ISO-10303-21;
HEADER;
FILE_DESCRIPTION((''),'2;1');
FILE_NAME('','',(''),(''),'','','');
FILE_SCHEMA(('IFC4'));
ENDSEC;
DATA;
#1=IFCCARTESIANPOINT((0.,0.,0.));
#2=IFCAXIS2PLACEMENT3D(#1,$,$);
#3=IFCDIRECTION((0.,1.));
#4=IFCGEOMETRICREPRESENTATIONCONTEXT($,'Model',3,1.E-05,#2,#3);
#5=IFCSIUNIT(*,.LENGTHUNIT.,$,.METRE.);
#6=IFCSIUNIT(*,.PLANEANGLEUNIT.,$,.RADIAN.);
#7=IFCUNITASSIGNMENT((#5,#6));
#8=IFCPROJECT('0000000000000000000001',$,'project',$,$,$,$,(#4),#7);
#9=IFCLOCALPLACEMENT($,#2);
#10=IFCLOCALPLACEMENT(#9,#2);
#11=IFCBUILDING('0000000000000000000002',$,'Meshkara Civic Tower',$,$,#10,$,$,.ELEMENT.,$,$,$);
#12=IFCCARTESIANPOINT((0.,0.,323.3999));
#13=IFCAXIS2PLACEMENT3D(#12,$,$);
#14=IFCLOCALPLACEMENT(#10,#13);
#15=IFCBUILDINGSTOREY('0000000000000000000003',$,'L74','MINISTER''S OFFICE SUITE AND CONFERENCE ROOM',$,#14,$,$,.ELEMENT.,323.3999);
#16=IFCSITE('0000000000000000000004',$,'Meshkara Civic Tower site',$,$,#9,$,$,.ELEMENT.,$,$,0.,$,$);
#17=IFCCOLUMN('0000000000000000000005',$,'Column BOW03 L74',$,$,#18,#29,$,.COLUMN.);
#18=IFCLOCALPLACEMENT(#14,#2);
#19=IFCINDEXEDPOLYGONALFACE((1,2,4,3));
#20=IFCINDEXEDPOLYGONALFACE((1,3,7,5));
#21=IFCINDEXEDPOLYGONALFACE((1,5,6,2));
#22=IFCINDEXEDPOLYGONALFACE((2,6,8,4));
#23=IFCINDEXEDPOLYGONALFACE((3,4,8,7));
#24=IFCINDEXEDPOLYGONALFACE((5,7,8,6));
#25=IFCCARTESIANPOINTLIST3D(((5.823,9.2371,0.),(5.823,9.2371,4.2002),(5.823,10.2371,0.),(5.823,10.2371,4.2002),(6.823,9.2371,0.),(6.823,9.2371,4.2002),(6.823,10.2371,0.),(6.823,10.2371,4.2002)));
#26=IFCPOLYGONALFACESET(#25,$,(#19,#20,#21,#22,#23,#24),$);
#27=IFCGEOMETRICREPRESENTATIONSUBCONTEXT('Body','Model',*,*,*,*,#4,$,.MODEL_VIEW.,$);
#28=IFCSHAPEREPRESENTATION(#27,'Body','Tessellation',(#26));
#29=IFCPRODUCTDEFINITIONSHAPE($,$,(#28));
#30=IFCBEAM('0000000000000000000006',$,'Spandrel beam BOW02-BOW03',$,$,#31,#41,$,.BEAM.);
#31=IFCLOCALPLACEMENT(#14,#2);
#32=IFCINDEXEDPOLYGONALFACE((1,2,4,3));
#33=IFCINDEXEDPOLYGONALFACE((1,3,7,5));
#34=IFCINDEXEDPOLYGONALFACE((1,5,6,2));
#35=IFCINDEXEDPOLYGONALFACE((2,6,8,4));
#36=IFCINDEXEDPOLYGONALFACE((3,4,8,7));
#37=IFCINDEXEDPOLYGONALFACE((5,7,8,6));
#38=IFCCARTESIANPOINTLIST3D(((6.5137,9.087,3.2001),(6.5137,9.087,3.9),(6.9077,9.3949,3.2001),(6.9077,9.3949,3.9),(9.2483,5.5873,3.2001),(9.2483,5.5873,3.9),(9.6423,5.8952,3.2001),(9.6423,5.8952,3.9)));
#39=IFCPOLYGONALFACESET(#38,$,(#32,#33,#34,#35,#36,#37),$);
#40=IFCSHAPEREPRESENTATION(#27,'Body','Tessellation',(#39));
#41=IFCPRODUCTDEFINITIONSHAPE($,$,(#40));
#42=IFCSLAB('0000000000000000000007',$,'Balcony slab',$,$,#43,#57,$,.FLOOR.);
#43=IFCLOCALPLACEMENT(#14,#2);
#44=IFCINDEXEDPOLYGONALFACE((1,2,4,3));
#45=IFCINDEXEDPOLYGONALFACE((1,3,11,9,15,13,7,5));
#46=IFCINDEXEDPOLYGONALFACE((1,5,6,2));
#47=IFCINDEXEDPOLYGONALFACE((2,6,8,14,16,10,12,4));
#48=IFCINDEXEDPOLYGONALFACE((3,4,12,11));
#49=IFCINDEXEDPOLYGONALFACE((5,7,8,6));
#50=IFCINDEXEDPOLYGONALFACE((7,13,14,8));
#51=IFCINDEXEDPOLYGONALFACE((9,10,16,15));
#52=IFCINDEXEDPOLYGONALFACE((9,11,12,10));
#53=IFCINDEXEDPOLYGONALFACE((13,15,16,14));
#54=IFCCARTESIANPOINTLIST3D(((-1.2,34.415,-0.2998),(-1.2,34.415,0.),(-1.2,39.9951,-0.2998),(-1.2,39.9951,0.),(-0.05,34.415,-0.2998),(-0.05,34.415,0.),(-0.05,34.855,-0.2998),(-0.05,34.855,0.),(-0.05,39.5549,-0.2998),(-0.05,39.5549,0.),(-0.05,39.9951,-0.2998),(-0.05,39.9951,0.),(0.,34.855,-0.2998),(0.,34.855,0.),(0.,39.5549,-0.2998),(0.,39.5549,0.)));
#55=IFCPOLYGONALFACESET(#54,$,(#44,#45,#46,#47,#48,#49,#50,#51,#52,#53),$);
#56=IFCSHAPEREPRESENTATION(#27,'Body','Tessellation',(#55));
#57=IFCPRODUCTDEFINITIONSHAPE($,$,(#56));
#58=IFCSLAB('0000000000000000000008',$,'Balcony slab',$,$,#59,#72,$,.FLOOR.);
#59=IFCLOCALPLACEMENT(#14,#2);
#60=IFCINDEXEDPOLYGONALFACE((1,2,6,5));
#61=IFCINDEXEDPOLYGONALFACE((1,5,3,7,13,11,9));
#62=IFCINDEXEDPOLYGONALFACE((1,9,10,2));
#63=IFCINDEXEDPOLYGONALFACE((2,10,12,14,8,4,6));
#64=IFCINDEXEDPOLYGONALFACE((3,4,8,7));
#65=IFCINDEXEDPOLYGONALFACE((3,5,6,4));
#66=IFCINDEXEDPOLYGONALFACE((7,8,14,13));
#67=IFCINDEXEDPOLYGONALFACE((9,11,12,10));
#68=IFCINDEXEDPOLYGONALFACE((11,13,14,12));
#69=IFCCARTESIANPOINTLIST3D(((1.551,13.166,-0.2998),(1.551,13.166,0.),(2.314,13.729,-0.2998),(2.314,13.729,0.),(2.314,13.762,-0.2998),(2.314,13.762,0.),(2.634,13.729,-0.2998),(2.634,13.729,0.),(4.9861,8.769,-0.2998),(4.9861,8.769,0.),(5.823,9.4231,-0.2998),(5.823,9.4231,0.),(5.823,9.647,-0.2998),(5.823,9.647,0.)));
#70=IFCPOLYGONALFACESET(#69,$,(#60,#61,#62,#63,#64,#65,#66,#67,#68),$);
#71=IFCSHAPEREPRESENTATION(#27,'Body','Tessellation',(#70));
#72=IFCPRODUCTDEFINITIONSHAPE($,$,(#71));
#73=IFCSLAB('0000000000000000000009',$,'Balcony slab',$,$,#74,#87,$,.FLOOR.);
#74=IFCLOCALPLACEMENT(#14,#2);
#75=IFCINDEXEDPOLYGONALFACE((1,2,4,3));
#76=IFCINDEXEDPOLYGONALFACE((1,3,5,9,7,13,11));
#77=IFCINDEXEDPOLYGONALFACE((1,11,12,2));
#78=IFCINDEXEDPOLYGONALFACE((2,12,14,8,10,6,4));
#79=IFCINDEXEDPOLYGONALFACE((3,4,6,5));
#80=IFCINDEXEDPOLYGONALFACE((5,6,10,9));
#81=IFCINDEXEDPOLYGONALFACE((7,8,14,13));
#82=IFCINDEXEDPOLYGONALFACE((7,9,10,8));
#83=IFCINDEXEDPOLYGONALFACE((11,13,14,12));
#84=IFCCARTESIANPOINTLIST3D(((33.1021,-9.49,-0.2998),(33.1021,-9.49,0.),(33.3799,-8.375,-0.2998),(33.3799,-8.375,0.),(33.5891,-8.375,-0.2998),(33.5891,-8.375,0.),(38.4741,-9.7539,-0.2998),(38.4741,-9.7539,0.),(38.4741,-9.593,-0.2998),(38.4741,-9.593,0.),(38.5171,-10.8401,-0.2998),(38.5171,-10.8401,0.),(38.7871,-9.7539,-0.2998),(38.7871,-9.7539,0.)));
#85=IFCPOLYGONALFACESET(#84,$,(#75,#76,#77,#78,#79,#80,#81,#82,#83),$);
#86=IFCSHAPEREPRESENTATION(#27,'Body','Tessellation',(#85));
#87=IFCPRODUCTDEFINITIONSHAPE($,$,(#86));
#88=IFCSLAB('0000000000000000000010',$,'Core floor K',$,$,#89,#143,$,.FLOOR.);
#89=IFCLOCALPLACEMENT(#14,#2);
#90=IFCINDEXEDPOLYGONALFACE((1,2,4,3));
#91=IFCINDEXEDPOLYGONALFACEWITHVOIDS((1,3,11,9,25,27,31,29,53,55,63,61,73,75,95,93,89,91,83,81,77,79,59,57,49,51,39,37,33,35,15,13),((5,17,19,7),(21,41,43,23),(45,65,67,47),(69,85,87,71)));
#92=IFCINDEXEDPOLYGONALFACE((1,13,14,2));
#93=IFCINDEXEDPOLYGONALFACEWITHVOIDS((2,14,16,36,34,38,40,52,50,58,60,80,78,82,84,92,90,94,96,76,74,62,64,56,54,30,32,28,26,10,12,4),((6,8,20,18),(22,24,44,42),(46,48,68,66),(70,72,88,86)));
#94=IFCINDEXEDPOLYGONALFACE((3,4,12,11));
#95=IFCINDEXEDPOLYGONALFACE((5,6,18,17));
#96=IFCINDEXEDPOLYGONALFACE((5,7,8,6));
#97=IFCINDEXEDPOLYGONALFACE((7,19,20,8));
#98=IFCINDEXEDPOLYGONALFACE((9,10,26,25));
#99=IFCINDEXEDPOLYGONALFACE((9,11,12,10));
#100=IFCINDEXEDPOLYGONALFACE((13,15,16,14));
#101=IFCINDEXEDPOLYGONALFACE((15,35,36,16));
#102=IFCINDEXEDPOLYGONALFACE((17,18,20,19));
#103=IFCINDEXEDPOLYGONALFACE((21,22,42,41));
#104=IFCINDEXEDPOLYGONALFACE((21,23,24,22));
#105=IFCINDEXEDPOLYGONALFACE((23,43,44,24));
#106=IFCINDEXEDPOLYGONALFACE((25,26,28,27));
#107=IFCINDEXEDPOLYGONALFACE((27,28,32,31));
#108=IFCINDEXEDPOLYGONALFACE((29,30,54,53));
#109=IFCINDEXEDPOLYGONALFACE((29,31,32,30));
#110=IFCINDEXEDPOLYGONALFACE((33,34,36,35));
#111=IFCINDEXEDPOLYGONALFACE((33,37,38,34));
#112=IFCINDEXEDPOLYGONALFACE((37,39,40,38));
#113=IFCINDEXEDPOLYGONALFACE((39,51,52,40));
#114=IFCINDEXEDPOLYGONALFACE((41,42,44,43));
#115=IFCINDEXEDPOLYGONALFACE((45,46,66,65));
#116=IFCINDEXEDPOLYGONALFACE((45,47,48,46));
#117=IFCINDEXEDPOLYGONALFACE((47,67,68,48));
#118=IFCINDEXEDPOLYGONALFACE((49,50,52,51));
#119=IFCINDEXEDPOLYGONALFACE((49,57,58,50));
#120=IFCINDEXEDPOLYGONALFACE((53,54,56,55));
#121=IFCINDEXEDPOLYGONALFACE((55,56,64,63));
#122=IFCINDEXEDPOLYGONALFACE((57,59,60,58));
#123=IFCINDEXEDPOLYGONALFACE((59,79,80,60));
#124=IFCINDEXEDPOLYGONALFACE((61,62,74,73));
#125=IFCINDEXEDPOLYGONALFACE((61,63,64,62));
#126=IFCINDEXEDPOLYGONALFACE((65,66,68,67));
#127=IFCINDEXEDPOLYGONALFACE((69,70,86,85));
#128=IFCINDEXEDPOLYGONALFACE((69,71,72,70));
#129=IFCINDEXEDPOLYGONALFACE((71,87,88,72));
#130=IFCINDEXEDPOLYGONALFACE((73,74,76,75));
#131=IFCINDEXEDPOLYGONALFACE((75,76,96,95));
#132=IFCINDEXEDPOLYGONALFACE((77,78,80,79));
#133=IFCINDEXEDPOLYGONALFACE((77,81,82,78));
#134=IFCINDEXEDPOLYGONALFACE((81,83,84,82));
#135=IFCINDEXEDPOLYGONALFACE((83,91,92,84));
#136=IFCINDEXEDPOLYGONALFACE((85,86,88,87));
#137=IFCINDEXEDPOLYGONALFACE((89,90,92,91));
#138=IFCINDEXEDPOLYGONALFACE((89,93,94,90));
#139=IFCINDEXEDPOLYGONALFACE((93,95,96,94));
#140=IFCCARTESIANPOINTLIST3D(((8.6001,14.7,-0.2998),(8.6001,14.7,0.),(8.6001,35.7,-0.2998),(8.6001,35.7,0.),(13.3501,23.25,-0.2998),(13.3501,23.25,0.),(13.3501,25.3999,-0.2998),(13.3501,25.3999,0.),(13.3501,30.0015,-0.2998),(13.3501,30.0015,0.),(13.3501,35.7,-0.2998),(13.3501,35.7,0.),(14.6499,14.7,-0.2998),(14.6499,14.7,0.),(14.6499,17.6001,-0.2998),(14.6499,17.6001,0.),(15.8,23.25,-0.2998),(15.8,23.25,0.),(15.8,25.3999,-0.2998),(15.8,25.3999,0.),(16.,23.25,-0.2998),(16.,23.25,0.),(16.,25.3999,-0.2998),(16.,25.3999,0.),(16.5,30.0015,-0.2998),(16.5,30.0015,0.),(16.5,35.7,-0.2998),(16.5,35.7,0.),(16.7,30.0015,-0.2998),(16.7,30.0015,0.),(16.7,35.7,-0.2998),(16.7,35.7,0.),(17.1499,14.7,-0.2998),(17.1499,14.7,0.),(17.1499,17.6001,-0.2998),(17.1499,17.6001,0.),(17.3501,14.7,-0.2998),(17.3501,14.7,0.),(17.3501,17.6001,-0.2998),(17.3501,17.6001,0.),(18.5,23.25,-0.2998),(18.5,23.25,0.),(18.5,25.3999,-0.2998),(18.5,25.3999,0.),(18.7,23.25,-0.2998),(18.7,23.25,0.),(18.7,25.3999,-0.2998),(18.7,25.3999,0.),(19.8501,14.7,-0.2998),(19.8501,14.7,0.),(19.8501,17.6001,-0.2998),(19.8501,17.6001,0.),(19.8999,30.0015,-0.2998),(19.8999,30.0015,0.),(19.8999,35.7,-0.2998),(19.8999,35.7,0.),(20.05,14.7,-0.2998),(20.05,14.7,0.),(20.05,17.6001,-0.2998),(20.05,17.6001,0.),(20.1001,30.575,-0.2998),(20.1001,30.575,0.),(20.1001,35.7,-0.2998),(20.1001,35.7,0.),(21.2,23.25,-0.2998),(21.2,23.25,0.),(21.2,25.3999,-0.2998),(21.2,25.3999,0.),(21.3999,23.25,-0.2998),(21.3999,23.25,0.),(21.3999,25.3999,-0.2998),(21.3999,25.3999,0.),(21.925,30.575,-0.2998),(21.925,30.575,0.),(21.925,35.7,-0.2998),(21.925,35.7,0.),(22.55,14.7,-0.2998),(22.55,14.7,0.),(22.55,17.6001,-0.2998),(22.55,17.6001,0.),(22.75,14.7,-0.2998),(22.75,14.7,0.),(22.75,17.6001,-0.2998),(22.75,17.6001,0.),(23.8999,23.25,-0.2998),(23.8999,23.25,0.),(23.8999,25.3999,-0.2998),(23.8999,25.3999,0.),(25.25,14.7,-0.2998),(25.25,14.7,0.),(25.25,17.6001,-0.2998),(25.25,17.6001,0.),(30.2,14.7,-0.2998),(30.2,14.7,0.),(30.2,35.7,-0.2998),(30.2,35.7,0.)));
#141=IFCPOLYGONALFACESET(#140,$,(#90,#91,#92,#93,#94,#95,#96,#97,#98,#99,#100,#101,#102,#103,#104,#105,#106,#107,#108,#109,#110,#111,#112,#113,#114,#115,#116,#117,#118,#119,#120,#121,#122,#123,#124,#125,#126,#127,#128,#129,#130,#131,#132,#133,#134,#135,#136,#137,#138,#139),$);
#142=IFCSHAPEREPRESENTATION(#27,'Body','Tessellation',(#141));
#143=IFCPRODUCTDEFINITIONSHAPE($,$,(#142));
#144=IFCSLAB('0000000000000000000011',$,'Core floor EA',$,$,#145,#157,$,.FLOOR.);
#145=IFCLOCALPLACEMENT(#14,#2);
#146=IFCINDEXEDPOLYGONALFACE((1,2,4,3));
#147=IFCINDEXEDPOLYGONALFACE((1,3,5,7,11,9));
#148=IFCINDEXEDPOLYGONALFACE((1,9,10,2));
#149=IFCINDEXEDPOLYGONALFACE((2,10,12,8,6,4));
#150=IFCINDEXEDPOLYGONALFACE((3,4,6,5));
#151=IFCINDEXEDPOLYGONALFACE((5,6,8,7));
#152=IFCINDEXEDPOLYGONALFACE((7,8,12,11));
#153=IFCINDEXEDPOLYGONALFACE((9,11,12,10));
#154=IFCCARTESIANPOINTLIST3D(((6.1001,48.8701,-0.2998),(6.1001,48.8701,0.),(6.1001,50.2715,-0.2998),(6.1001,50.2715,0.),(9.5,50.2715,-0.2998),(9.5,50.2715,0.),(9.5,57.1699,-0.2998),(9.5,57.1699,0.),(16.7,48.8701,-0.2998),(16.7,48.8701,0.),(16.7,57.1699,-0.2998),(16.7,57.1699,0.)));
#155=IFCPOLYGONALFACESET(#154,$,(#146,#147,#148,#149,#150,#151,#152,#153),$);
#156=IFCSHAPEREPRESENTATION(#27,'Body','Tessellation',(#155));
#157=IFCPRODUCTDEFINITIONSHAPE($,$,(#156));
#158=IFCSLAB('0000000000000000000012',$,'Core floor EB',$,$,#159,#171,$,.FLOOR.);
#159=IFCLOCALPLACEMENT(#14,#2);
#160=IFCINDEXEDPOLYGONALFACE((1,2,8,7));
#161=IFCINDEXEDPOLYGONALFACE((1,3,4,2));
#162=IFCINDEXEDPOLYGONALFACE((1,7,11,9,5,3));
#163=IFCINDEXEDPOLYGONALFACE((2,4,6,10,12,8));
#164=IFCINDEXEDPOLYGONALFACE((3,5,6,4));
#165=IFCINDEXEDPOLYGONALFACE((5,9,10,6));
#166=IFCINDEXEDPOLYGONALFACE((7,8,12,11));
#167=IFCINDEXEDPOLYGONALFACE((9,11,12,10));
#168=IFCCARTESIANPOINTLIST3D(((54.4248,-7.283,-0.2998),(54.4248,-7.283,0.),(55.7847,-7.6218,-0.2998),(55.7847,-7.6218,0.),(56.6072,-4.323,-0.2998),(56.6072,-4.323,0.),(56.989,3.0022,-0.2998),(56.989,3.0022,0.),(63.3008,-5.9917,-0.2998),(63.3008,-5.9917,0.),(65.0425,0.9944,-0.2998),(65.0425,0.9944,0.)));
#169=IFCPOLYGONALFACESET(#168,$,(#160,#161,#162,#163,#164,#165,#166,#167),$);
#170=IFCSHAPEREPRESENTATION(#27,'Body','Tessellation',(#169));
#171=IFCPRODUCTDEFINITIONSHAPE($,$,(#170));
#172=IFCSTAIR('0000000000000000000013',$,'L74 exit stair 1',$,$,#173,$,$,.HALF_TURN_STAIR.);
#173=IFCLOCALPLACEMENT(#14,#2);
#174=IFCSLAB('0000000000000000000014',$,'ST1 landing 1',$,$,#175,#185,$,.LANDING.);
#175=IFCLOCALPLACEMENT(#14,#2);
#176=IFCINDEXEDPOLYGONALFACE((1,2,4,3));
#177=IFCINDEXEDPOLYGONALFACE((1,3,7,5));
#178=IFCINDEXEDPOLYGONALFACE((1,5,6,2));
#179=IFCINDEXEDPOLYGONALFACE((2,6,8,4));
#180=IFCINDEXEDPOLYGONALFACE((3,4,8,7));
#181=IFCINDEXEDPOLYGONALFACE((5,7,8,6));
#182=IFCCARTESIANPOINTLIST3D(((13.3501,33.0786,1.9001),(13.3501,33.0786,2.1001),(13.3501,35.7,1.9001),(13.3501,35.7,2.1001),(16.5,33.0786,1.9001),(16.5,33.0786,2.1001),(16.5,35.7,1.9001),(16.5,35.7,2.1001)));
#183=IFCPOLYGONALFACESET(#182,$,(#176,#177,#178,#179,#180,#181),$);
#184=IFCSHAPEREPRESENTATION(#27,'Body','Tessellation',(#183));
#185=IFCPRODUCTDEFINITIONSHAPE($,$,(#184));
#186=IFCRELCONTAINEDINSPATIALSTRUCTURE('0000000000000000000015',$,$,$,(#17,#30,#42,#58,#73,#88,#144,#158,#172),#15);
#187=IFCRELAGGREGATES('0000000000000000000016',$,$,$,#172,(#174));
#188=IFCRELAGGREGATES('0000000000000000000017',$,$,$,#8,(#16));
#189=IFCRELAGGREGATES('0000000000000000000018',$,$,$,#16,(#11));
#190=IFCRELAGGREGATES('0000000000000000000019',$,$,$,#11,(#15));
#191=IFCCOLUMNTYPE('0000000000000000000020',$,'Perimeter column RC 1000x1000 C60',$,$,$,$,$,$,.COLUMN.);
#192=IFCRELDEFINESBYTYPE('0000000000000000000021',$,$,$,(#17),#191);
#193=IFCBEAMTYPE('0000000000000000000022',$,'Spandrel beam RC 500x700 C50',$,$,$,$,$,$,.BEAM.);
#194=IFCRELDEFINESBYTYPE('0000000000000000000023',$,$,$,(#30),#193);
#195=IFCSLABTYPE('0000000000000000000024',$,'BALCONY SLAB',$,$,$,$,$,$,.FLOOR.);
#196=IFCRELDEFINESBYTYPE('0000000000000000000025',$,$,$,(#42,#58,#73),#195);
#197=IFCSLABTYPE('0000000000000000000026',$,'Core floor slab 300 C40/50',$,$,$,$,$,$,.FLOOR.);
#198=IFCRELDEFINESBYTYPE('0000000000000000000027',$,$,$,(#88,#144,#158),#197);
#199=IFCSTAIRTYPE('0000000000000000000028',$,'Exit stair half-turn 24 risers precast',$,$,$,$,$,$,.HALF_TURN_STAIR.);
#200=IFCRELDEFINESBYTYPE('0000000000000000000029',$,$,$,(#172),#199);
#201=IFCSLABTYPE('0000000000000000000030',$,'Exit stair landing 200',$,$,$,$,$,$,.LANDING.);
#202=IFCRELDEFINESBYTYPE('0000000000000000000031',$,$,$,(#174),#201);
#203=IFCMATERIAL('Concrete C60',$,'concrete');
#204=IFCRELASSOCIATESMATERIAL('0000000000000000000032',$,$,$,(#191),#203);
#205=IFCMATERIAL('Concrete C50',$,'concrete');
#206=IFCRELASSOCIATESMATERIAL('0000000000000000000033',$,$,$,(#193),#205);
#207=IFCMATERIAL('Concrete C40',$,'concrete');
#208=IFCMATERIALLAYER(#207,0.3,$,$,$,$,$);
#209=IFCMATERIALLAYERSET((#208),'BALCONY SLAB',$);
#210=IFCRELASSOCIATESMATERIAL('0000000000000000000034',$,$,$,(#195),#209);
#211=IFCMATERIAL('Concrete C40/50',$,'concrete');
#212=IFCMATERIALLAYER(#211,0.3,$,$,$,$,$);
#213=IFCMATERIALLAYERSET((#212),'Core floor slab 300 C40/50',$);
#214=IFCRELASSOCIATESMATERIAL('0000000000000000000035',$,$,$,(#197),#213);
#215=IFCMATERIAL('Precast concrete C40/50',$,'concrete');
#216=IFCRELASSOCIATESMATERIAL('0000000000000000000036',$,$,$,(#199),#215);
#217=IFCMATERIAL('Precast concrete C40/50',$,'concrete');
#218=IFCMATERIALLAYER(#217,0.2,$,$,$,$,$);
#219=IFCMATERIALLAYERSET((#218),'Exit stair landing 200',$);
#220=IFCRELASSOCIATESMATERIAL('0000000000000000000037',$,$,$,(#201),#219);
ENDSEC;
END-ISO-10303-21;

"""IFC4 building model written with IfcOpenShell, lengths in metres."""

from ifc_helpers import new_model, si_unit, direction, frame, origin, origin_2d, place, context, subcontext, project, spatial, polyline, rectangle, outline, extrude, material, layer, layer_set, material_profile, profile_set, type_object, element, aggregate, save


model = new_model("IFC4")

# Units and contexts
model_context = context("Model", 3, precision=1e-05, world=origin(), true_north=direction((0.0, 1.0)))
body_context = subcontext(model_context, "Body", "Model", "MODEL_VIEW")
ifc_project = project(units=[si_unit("LENGTHUNIT", "METRE"), si_unit("PLANEANGLEUNIT", "RADIAN")], contexts=[model_context])

# Site, building, storey
site_placement = place(None, origin())
site = spatial("IfcSite", under=ifc_project, at=site_placement, Name="Meshkara Civic Tower site", CompositionType="ELEMENT", RefElevation=0.0)
building_placement = place(site_placement, origin())
building = spatial("IfcBuilding", under=site, at=building_placement, Name="Meshkara Civic Tower", CompositionType="ELEMENT")
storey_placement = place(building_placement, frame((0.0, 0.0, 323.3999)))
storey = spatial("IfcBuildingStorey", under=building, at=storey_placement, Name="L74", Description="MINISTER'S OFFICE SUITE AND CONFERENCE ROOM", CompositionType="ELEMENT", Elevation=323.3999)

# Column
ifc_material_1 = material(Name="Concrete C60", Category="concrete")
ifc_material_profile_1 = material_profile(ifc_material_1, rectangle(XDim=1.0, YDim=1.0, at=origin_2d()))
ifc_profile_set_1 = profile_set([ifc_material_profile_1], Name="Concrete C60")
column_type = type_object("IfcColumnType", Name="Perimeter column RC 1000x1000 C60", PredefinedType="COLUMN", material=ifc_profile_set_1)
column_placement = place(storey_placement, frame((6.323, 9.7371, 0.0), z_axis=(0.0, 0.0, 1.0), x_axis=(1.0, 0.0, 0.0)))
element("IfcColumn", 1, at=column_placement, inside=storey, type_object=column_type, Name="Column BOW03 L74", PredefinedType="COLUMN", context=body_context, shape_type="SweptSolid", body=[
    extrude(rectangle(XDim=1.0, YDim=1.0, at=origin_2d()), origin(), (0.0, 0.0, 1.0), 4.2002),
])

# Beam
ifc_material_2 = material(Name="Concrete C50", Category="concrete")
ifc_material_profile_2 = material_profile(ifc_material_2, rectangle(XDim=0.5, YDim=0.7, at=origin_2d()))
ifc_profile_set_2 = profile_set([ifc_material_profile_2], Name="Concrete C50")
beam_type = type_object("IfcBeamType", Name="Spandrel beam RC 500x700 C50", PredefinedType="BEAM", material=ifc_profile_set_2)
beam_placement = place(storey_placement, frame((6.7107, 9.241, 3.55), z_axis=(0.615705, -0.787977, 0.0), x_axis=(0.787977, 0.615705, 0.0)))
element("IfcBeam", 2, at=beam_placement, inside=storey, type_object=beam_type, Name="Spandrel beam BOW02-BOW03", PredefinedType="BEAM", context=body_context, shape_type="SweptSolid", body=[
    extrude(rectangle(XDim=0.5, YDim=0.7, at=origin_2d()), origin(), (0.0, 0.0, 1.0), 4.4414),
])

# Slabs
ifc_material_3 = material(Name="Concrete C40", Category="concrete")
ifc_layer_1 = layer(ifc_material_3, 0.3)
ifc_layer_set_1 = layer_set([ifc_layer_1], Name="BALCONY SLAB")
slab_type_1 = type_object("IfcSlabType", Name="BALCONY SLAB", PredefinedType="FLOOR", material=ifc_layer_set_1)
slab_1_placement = place(storey_placement, frame((0.0, 0.0, -0.2998)))
element("IfcSlab", 3, at=slab_1_placement, inside=storey, type_object=slab_type_1, Name="Balcony slab", PredefinedType="FLOOR", context=body_context, shape_type="SweptSolid", body=[
    extrude(outline(polyline([(-1.2, 34.415), (-1.2, 39.9951), (-0.05, 39.9951), (-0.05, 39.5549), (0.0, 39.5549), (0.0, 34.855), (-0.05, 34.855), (-0.05, 34.415), (-1.2, 34.415)])), origin(), (0.0, 0.0, 1.0), 0.2998),
])
slab_2_placement = place(storey_placement, frame((0.0, 0.0, -0.2998)))
element("IfcSlab", 4, at=slab_2_placement, inside=storey, type_object=slab_type_1, Name="Balcony slab", PredefinedType="FLOOR", context=body_context, shape_type="SweptSolid", body=[
    extrude(outline(polyline([(4.9861, 8.769), (1.551, 13.166), (2.314, 13.762), (2.314, 13.729), (2.634, 13.729), (5.823, 9.647), (5.823, 9.4231), (4.9861, 8.769)])), origin(), (0.0, 0.0, 1.0), 0.2998),
])
slab_3_placement = place(storey_placement, frame((0.0, 0.0, -0.2998)))
element("IfcSlab", 5, at=slab_3_placement, inside=storey, type_object=slab_type_1, Name="Balcony slab", PredefinedType="FLOOR", context=body_context, shape_type="SweptSolid", body=[
    extrude(outline(polyline([(38.5171, -10.8401), (33.1021, -9.49), (33.3799, -8.375), (33.5891, -8.375), (38.4741, -9.593), (38.4741, -9.7539), (38.7871, -9.7539), (38.5171, -10.8401)])), origin(), (0.0, 0.0, 1.0), 0.2998),
])
ifc_material_4 = material(Name="Concrete C40/50", Category="concrete")
ifc_layer_2 = layer(ifc_material_4, 0.3)
ifc_layer_set_2 = layer_set([ifc_layer_2], Name="Core floor slab 300 C40/50")
slab_type_2 = type_object("IfcSlabType", Name="Core floor slab 300 C40/50", PredefinedType="FLOOR", material=ifc_layer_set_2)
slab_4_placement = place(storey_placement, frame((0.0, 0.0, -0.2998)))
element("IfcSlab", 6, at=slab_4_placement, inside=storey, type_object=slab_type_2, Name="Core floor K", PredefinedType="FLOOR", context=body_context, shape_type="SweptSolid", body=[
    extrude(outline(polyline([(8.6001, 35.7), (13.3501, 35.7), (13.3501, 30.0015), (16.5, 30.0015), (16.5, 35.7), (16.7, 35.7), (16.7, 30.0015), (19.8999, 30.0015), (19.8999, 35.7), (20.1001, 35.7), (20.1001, 30.575), (21.925, 30.575), (21.925, 35.7), (30.2, 35.7), (30.2, 14.7), (25.25, 14.7), (25.25, 17.6001), (22.75, 17.6001), (22.75, 14.7), (22.55, 14.7), (22.55, 17.6001), (20.05, 17.6001), (20.05, 14.7), (19.8501, 14.7), (19.8501, 17.6001), (17.3501, 17.6001), (17.3501, 14.7), (17.1499, 14.7), (17.1499, 17.6001), (14.6499, 17.6001), (14.6499, 14.7), (8.6001, 14.7), (8.6001, 35.7)]), holes=[polyline([(13.3501, 23.25), (15.8, 23.25), (15.8, 25.3999), (13.3501, 25.3999), (13.3501, 23.25)]), polyline([(18.5, 23.25), (18.5, 25.3999), (16.0, 25.3999), (16.0, 23.25), (18.5, 23.25)]), polyline([(18.7, 23.25), (21.2, 23.25), (21.2, 25.3999), (18.7, 25.3999), (18.7, 23.25)]), polyline([(21.3999, 23.25), (23.8999, 23.25), (23.8999, 25.3999), (21.3999, 25.3999), (21.3999, 23.25)])]), origin(), (0.0, 0.0, 1.0), 0.2998),
])
slab_5_placement = place(storey_placement, frame((0.0, 0.0, -0.2998)))
element("IfcSlab", 7, at=slab_5_placement, inside=storey, type_object=slab_type_2, Name="Core floor EA", PredefinedType="FLOOR", context=body_context, shape_type="SweptSolid", body=[
    extrude(outline(polyline([(16.7, 48.8701), (16.7, 57.1699), (9.5, 57.1699), (9.5, 50.2715), (6.1001, 50.2715), (6.1001, 48.8701), (16.7, 48.8701)])), origin(), (0.0, 0.0, 1.0), 0.2998),
])
slab_6_placement = place(storey_placement, frame((0.0, 0.0, -0.2998)))
element("IfcSlab", 8, at=slab_6_placement, inside=storey, type_object=slab_type_2, Name="Core floor EB", PredefinedType="FLOOR", context=body_context, shape_type="SweptSolid", body=[
    extrude(outline(polyline([(56.989, 3.0022), (65.0425, 0.9944), (63.3008, -5.9917), (56.6072, -4.323), (55.7847, -7.6218), (54.4248, -7.283), (56.989, 3.0022)])), origin(), (0.0, 0.0, 1.0), 0.2998),
])

# Stair, slab
ifc_material_5 = material(Name="Precast concrete C40/50", Category="concrete")
stair_type = type_object("IfcStairType", Name="Exit stair half-turn 24 risers precast", PredefinedType="HALF_TURN_STAIR", material=ifc_material_5)
stair_1_placement = place(storey_placement, origin())
stair_1 = element("IfcStair", 9, at=stair_1_placement, inside=storey, type_object=stair_type, Name="L74 exit stair 1", PredefinedType="HALF_TURN_STAIR")
ifc_material_6 = material(Name="Precast concrete C40/50", Category="concrete")
ifc_layer_3 = layer(ifc_material_6, 0.2)
ifc_layer_set_3 = layer_set([ifc_layer_3], Name="Exit stair landing 200")
slab_type_3 = type_object("IfcSlabType", Name="Exit stair landing 200", PredefinedType="LANDING", material=ifc_layer_set_3)
slab_7_placement = place(storey_placement, frame((0.0, 0.0, 1.9001)))
slab_7 = element("IfcSlab", 10, at=slab_7_placement, type_object=slab_type_3, Name="ST1 landing 1", PredefinedType="LANDING", context=body_context, shape_type="SweptSolid", body=[
    extrude(outline(polyline([(16.5, 33.0786), (16.5, 35.7), (13.3501, 35.7), (13.3501, 33.0786), (16.5, 33.0786)])), origin(), (0.0, 0.0, 1.0), 0.2),
])
aggregate(stair_1, [slab_7])

save(model, "model.ifc")
